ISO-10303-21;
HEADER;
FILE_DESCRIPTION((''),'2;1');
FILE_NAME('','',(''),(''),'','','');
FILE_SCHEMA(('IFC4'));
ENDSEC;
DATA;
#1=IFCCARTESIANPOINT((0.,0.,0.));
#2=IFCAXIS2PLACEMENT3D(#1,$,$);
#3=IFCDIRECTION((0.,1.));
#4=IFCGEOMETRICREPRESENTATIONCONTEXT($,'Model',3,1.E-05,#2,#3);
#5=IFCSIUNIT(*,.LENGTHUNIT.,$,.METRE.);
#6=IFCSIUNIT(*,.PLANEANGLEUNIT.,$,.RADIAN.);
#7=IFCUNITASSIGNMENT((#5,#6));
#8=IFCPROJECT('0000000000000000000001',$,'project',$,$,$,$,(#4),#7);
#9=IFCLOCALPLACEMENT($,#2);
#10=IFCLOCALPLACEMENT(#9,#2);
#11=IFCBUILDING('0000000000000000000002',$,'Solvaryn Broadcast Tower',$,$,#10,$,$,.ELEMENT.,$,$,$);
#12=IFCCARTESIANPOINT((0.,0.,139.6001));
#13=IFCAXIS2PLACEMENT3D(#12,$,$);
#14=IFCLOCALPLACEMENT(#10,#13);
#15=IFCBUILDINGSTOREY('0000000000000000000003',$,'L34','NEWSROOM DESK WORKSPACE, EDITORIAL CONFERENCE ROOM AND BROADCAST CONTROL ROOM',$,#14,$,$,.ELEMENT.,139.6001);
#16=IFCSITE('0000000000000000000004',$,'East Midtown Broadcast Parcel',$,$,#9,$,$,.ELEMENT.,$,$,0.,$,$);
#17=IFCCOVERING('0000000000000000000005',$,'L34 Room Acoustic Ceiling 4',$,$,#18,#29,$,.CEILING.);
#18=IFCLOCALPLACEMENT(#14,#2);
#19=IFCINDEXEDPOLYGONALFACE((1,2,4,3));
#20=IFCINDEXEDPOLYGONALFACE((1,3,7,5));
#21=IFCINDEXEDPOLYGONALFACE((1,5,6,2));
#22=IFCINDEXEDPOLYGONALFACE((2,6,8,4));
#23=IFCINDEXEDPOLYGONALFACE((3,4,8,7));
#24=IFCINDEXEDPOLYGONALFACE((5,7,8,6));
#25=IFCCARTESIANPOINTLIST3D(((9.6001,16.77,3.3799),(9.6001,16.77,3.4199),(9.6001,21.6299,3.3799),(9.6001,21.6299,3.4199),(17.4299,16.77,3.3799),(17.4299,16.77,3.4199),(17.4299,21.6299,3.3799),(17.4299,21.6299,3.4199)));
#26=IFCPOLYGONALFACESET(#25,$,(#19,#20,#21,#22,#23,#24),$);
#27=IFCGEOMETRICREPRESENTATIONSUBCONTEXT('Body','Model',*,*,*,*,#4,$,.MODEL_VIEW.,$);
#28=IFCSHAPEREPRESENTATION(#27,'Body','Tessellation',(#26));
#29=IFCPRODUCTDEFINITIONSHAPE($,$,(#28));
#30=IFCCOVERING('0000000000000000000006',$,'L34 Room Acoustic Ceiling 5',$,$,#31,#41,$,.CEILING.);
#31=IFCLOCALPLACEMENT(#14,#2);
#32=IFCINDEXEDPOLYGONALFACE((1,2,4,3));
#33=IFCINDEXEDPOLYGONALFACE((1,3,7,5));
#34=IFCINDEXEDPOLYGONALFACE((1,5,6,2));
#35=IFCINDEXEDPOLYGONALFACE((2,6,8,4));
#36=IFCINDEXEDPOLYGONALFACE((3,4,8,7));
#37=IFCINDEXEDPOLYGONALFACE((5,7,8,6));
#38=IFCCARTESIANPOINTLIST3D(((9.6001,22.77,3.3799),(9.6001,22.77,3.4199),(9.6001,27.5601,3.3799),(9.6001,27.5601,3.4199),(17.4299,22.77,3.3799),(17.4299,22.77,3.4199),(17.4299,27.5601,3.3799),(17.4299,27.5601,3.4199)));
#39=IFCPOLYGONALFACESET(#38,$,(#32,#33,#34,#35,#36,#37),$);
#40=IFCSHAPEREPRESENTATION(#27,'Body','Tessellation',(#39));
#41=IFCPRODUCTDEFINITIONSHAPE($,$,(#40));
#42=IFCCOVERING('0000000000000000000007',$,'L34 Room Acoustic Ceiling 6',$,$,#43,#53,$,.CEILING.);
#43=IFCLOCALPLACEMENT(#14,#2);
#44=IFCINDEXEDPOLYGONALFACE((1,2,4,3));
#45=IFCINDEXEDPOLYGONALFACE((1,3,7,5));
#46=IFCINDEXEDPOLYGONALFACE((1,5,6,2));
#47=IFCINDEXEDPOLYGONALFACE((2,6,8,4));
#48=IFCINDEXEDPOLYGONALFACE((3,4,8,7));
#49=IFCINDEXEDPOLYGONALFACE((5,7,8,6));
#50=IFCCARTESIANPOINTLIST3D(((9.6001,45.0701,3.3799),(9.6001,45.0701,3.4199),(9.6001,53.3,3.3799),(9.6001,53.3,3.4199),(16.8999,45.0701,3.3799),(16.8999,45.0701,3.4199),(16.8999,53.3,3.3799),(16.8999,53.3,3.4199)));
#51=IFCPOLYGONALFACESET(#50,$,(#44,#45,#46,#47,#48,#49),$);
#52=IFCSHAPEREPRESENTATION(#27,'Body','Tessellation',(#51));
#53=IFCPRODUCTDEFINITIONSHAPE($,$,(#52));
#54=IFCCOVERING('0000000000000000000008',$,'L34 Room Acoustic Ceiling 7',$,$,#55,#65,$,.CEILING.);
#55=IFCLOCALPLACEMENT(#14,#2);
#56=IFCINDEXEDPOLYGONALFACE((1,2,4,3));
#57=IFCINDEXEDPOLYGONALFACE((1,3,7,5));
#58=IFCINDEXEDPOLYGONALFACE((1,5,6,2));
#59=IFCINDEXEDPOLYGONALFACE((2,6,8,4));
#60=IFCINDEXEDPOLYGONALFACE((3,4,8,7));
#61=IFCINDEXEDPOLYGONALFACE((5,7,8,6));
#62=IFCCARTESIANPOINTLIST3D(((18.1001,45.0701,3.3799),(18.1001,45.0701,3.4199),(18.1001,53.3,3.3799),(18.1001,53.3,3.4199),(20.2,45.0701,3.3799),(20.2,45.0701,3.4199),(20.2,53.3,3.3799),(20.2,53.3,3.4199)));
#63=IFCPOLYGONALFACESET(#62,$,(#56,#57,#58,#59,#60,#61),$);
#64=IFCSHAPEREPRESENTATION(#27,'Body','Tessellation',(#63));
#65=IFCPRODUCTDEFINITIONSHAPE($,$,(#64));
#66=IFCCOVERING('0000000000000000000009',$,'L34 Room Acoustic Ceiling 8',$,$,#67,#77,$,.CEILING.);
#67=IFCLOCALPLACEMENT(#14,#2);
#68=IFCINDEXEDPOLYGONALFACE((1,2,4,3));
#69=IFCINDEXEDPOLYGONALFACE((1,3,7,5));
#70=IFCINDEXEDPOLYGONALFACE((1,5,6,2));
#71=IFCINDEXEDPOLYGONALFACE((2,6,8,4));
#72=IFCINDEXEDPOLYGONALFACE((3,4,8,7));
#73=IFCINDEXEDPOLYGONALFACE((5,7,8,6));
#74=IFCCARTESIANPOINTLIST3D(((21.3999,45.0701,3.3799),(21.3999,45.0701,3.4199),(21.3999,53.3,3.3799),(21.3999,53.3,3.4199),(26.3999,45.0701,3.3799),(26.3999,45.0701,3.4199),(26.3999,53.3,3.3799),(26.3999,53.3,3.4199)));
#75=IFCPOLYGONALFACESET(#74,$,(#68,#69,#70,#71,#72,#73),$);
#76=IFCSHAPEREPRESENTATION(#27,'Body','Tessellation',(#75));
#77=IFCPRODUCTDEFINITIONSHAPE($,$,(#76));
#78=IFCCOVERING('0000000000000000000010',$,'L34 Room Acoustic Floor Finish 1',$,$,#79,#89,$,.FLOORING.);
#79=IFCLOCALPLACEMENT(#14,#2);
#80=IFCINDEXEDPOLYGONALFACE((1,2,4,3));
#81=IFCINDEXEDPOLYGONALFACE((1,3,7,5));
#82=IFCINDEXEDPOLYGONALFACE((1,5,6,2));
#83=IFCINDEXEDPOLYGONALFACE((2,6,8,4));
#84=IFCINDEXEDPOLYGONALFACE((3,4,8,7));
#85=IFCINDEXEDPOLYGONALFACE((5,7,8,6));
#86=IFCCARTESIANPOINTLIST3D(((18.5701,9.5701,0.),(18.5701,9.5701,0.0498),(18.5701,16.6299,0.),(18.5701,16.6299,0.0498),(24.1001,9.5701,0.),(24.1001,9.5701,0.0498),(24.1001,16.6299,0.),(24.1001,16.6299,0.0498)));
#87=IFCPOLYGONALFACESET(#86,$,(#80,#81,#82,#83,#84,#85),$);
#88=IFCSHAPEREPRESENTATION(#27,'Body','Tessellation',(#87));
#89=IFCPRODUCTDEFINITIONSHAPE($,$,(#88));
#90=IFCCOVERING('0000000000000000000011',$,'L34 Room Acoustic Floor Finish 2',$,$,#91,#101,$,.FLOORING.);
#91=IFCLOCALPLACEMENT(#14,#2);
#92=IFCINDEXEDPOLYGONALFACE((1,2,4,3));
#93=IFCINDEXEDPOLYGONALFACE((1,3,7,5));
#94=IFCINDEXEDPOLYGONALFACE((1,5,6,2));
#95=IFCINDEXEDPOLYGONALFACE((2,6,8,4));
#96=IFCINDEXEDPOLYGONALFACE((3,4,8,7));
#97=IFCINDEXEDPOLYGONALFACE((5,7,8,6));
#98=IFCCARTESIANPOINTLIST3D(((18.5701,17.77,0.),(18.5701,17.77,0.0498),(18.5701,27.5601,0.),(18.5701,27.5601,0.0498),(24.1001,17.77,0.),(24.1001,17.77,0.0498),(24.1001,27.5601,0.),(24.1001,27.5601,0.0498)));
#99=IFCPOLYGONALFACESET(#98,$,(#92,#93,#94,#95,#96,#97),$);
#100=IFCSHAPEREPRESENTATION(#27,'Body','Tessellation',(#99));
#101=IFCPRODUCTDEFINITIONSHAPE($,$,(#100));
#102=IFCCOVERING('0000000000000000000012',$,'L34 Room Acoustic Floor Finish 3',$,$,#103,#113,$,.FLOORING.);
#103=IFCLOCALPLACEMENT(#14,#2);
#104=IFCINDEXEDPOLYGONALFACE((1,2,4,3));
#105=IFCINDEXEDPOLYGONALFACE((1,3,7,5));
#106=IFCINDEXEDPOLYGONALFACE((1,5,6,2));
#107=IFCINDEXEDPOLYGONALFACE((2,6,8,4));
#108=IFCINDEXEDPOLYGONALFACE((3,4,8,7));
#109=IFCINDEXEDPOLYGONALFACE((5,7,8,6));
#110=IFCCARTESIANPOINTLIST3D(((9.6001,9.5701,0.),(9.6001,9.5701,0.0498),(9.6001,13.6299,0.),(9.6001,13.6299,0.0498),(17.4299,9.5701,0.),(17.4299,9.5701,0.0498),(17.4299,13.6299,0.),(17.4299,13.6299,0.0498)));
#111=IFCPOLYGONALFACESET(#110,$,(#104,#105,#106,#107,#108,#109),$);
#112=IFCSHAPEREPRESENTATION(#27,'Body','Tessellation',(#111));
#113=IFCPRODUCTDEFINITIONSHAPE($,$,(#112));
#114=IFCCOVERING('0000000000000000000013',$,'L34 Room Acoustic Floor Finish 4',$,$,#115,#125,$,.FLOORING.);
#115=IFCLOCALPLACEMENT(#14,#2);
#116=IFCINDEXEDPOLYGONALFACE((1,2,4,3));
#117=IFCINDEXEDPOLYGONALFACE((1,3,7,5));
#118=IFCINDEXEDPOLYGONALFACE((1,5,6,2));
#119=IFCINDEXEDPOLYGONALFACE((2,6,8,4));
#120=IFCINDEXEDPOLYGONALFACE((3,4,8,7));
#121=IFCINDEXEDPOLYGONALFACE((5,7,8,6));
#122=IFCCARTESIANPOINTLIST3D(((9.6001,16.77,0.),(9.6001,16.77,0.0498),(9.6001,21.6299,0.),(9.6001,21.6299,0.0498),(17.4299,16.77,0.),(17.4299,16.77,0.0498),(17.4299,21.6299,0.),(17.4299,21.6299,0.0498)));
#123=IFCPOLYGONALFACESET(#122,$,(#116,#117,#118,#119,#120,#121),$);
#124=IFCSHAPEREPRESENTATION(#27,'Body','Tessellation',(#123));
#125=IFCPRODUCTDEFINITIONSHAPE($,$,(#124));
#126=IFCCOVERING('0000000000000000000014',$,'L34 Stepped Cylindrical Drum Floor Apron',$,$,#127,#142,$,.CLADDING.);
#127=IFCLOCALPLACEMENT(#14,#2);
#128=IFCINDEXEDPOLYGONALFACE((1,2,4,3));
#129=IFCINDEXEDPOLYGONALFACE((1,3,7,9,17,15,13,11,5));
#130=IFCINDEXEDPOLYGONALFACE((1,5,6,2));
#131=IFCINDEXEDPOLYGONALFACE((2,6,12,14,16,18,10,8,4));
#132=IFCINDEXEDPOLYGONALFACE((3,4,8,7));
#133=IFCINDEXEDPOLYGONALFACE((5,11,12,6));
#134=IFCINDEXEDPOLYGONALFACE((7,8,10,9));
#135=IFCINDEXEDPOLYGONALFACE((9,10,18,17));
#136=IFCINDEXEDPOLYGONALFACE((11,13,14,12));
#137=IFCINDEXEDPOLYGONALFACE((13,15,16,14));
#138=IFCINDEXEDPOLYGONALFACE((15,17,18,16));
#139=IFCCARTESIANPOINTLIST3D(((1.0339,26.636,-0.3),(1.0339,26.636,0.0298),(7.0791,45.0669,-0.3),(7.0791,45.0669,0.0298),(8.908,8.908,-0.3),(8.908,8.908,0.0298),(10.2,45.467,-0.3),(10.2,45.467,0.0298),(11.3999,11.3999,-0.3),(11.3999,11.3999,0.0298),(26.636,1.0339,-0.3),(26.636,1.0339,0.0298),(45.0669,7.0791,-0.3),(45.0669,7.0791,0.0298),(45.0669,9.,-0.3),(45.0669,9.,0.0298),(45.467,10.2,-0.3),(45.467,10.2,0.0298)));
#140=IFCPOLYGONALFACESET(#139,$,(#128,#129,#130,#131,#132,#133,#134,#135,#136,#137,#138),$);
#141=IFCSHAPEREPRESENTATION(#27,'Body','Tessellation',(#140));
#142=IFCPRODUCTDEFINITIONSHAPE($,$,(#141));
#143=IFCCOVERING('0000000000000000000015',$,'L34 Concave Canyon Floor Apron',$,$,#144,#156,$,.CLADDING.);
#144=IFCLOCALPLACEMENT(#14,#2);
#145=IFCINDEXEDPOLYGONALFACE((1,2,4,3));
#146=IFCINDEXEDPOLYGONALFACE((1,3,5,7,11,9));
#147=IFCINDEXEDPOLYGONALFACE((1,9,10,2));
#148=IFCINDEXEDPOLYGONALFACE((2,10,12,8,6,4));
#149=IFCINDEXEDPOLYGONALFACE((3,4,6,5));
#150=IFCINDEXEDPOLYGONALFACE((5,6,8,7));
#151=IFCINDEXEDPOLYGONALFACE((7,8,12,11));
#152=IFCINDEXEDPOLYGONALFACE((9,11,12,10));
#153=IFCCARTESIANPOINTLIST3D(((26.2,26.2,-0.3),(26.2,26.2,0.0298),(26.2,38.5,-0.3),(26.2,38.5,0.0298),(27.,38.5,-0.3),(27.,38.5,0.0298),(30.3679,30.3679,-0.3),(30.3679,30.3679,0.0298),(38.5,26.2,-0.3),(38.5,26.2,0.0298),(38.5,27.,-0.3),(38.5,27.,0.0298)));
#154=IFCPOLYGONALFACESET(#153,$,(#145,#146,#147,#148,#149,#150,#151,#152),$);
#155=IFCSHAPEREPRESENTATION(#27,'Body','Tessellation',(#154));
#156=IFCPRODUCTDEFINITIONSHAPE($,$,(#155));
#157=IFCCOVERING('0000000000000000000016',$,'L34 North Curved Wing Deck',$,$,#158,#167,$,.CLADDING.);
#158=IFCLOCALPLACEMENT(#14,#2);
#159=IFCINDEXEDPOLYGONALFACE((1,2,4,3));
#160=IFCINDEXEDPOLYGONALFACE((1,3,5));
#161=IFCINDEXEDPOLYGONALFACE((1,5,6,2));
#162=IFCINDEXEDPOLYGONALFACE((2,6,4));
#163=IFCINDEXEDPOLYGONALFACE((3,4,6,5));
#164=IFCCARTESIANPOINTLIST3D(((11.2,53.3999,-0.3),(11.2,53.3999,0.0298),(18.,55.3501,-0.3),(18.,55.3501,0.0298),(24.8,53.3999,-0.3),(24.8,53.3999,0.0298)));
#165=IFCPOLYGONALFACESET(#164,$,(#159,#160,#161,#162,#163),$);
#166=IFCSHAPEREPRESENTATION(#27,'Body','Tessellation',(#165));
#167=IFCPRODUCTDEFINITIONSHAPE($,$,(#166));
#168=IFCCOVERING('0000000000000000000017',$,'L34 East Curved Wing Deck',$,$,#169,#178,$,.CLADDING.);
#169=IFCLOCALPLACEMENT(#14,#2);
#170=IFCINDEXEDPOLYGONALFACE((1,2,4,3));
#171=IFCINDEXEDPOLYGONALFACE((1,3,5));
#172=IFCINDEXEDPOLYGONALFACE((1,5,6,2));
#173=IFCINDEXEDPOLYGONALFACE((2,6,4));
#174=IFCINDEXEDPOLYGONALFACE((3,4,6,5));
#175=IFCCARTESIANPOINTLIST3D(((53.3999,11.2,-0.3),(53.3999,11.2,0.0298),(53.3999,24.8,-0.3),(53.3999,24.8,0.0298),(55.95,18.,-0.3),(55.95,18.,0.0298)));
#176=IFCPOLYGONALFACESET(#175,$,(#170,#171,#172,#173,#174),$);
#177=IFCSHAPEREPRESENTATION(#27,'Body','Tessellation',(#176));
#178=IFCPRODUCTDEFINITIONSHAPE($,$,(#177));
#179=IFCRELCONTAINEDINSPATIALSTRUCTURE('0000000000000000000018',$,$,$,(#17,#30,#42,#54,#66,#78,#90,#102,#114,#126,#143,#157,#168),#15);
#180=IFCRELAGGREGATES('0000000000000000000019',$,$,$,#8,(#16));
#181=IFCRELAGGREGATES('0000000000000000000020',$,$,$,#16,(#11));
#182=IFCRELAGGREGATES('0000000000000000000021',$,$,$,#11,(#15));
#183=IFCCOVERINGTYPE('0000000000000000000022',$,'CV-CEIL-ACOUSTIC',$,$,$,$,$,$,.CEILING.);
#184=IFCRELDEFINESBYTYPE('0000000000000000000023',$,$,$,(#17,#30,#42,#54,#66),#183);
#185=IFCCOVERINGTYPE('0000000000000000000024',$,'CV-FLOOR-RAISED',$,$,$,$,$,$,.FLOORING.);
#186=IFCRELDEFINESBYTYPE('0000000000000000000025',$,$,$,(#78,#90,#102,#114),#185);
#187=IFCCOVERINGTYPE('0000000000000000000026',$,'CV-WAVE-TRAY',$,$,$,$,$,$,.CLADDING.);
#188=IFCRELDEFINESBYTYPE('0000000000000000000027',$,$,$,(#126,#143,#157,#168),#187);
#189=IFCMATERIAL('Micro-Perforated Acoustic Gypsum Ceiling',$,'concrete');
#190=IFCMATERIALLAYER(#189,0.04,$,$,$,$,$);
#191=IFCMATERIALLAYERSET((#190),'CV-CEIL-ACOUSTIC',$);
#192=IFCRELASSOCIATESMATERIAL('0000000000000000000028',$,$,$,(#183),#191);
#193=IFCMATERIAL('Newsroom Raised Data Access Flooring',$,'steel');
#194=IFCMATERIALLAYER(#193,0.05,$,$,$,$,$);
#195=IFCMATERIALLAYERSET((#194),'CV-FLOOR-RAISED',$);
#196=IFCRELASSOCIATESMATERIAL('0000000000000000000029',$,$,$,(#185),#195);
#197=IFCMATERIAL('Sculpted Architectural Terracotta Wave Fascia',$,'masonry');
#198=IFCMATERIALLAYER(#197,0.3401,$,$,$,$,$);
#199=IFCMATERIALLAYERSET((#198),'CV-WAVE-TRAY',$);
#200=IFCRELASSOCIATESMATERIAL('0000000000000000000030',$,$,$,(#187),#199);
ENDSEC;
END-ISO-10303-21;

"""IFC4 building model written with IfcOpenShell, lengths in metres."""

from ifc_helpers import new_model, si_unit, direction, frame, origin, place, context, subcontext, project, spatial, polyline, outline, extrude, material, layer, layer_set, type_object, element, save


model = new_model("IFC4")

# Units and contexts
model_context = context("Model", 3, precision=1e-05, world=origin(), true_north=direction((0.0, 1.0)))
body_context = subcontext(model_context, "Body", "Model", "MODEL_VIEW")
ifc_project = project(units=[si_unit("LENGTHUNIT", "METRE"), si_unit("PLANEANGLEUNIT", "RADIAN")], contexts=[model_context])

# Site, building, storey
site_placement = place(None, origin())
site = spatial("IfcSite", under=ifc_project, at=site_placement, Name="East Midtown Broadcast Parcel", CompositionType="ELEMENT", RefElevation=0.0)
building_placement = place(site_placement, origin())
building = spatial("IfcBuilding", under=site, at=building_placement, Name="Solvaryn Broadcast Tower", CompositionType="ELEMENT")
storey_placement = place(building_placement, frame((0.0, 0.0, 139.6001)))
storey = spatial("IfcBuildingStorey", under=building, at=storey_placement, Name="L34", Description="NEWSROOM DESK WORKSPACE, EDITORIAL CONFERENCE ROOM AND BROADCAST CONTROL ROOM", CompositionType="ELEMENT", Elevation=139.6001)

# Coverings
ifc_material_1 = material(Name="Micro-Perforated Acoustic Gypsum Ceiling", Category="concrete")
ifc_layer_1 = layer(ifc_material_1, 0.04)
ifc_layer_set_1 = layer_set([ifc_layer_1], Name="CV-CEIL-ACOUSTIC")
covering_type_1 = type_object("IfcCoveringType", Name="CV-CEIL-ACOUSTIC", PredefinedType="CEILING", material=ifc_layer_set_1)
covering_1_placement = place(storey_placement, frame((0.0, 0.0, 3.3799)))
element("IfcCovering", 1, at=covering_1_placement, inside=storey, type_object=covering_type_1, Name="L34 Room Acoustic Ceiling 4", PredefinedType="CEILING", context=body_context, shape_type="SweptSolid", body=[
    extrude(outline(polyline([(9.6001, 16.77), (17.4299, 16.77), (17.4299, 21.6299), (9.6001, 21.6299), (9.6001, 16.77)])), origin(), (0.0, 0.0, 1.0), 0.04),
])
covering_2_placement = place(storey_placement, frame((0.0, 0.0, 3.3799)))
element("IfcCovering", 2, at=covering_2_placement, inside=storey, type_object=covering_type_1, Name="L34 Room Acoustic Ceiling 5", PredefinedType="CEILING", context=body_context, shape_type="SweptSolid", body=[
    extrude(outline(polyline([(9.6001, 22.77), (17.4299, 22.77), (17.4299, 27.5601), (9.6001, 27.5601), (9.6001, 22.77)])), origin(), (0.0, 0.0, 1.0), 0.04),
])
covering_3_placement = place(storey_placement, frame((0.0, 0.0, 3.3799)))
element("IfcCovering", 3, at=covering_3_placement, inside=storey, type_object=covering_type_1, Name="L34 Room Acoustic Ceiling 6", PredefinedType="CEILING", context=body_context, shape_type="SweptSolid", body=[
    extrude(outline(polyline([(9.6001, 45.0701), (16.8999, 45.0701), (16.8999, 53.3), (9.6001, 53.3), (9.6001, 45.0701)])), origin(), (0.0, 0.0, 1.0), 0.04),
])
covering_4_placement = place(storey_placement, frame((0.0, 0.0, 3.3799)))
element("IfcCovering", 4, at=covering_4_placement, inside=storey, type_object=covering_type_1, Name="L34 Room Acoustic Ceiling 7", PredefinedType="CEILING", context=body_context, shape_type="SweptSolid", body=[
    extrude(outline(polyline([(18.1001, 45.0701), (20.2, 45.0701), (20.2, 53.3), (18.1001, 53.3), (18.1001, 45.0701)])), origin(), (0.0, 0.0, 1.0), 0.04),
])
covering_5_placement = place(storey_placement, frame((0.0, 0.0, 3.3799)))
element("IfcCovering", 5, at=covering_5_placement, inside=storey, type_object=covering_type_1, Name="L34 Room Acoustic Ceiling 8", PredefinedType="CEILING", context=body_context, shape_type="SweptSolid", body=[
    extrude(outline(polyline([(21.3999, 45.0701), (26.3999, 45.0701), (26.3999, 53.3), (21.3999, 53.3), (21.3999, 45.0701)])), origin(), (0.0, 0.0, 1.0), 0.04),
])
ifc_material_2 = material(Name="Newsroom Raised Data Access Flooring", Category="steel")
ifc_layer_2 = layer(ifc_material_2, 0.05)
ifc_layer_set_2 = layer_set([ifc_layer_2], Name="CV-FLOOR-RAISED")
covering_type_2 = type_object("IfcCoveringType", Name="CV-FLOOR-RAISED", PredefinedType="FLOORING", material=ifc_layer_set_2)
covering_6_placement = place(storey_placement, origin())
element("IfcCovering", 6, at=covering_6_placement, inside=storey, type_object=covering_type_2, Name="L34 Room Acoustic Floor Finish 1", PredefinedType="FLOORING", context=body_context, shape_type="SweptSolid", body=[
    extrude(outline(polyline([(18.5701, 9.5701), (24.1001, 9.5701), (24.1001, 16.6299), (18.5701, 16.6299), (18.5701, 9.5701)])), origin(), (0.0, 0.0, 1.0), 0.0498),
])
covering_7_placement = place(storey_placement, origin())
element("IfcCovering", 7, at=covering_7_placement, inside=storey, type_object=covering_type_2, Name="L34 Room Acoustic Floor Finish 2", PredefinedType="FLOORING", context=body_context, shape_type="SweptSolid", body=[
    extrude(outline(polyline([(18.5701, 17.77), (24.1001, 17.77), (24.1001, 27.5601), (18.5701, 27.5601), (18.5701, 17.77)])), origin(), (0.0, 0.0, 1.0), 0.0498),
])
covering_8_placement = place(storey_placement, origin())
element("IfcCovering", 8, at=covering_8_placement, inside=storey, type_object=covering_type_2, Name="L34 Room Acoustic Floor Finish 3", PredefinedType="FLOORING", context=body_context, shape_type="SweptSolid", body=[
    extrude(outline(polyline([(9.6001, 9.5701), (17.4299, 9.5701), (17.4299, 13.6299), (9.6001, 13.6299), (9.6001, 9.5701)])), origin(), (0.0, 0.0, 1.0), 0.0498),
])
covering_9_placement = place(storey_placement, origin())
element("IfcCovering", 9, at=covering_9_placement, inside=storey, type_object=covering_type_2, Name="L34 Room Acoustic Floor Finish 4", PredefinedType="FLOORING", context=body_context, shape_type="SweptSolid", body=[
    extrude(outline(polyline([(9.6001, 16.77), (17.4299, 16.77), (17.4299, 21.6299), (9.6001, 21.6299), (9.6001, 16.77)])), origin(), (0.0, 0.0, 1.0), 0.0498),
])
ifc_material_3 = material(Name="Sculpted Architectural Terracotta Wave Fascia", Category="masonry")
ifc_layer_3 = layer(ifc_material_3, 0.3401)
ifc_layer_set_3 = layer_set([ifc_layer_3], Name="CV-WAVE-TRAY")
covering_type_3 = type_object("IfcCoveringType", Name="CV-WAVE-TRAY", PredefinedType="CLADDING", material=ifc_layer_set_3)
covering_10_placement = place(storey_placement, frame((0.0, 0.0, -0.3)))
element("IfcCovering", 10, at=covering_10_placement, inside=storey, type_object=covering_type_3, Name="L34 Stepped Cylindrical Drum Floor Apron", PredefinedType="CLADDING", context=body_context, shape_type="SweptSolid", body=[
    extrude(outline(polyline([(10.2, 45.467), (7.0791, 45.0669), (1.0339, 26.636), (8.908, 8.908), (26.636, 1.0339), (45.0669, 7.0791), (45.0669, 9.0), (45.467, 10.2), (11.3999, 11.3999), (10.2, 45.467)])), origin(), (0.0, 0.0, 1.0), 0.3298),
])
covering_11_placement = place(storey_placement, frame((0.0, 0.0, -0.3)))
element("IfcCovering", 11, at=covering_11_placement, inside=storey, type_object=covering_type_3, Name="L34 Concave Canyon Floor Apron", PredefinedType="CLADDING", context=body_context, shape_type="SweptSolid", body=[
    extrude(outline(polyline([(26.2, 26.2), (38.5, 26.2), (38.5, 27.0), (30.3679, 30.3679), (27.0, 38.5), (26.2, 38.5), (26.2, 26.2)])), origin(), (0.0, 0.0, 1.0), 0.3298),
])
covering_12_placement = place(storey_placement, frame((0.0, 0.0, -0.3)))
element("IfcCovering", 12, at=covering_12_placement, inside=storey, type_object=covering_type_3, Name="L34 North Curved Wing Deck", PredefinedType="CLADDING", context=body_context, shape_type="SweptSolid", body=[
    extrude(outline(polyline([(11.2, 53.3999), (24.8, 53.3999), (18.0, 55.3501), (11.2, 53.3999)])), origin(), (0.0, 0.0, 1.0), 0.3298),
])
covering_13_placement = place(storey_placement, frame((0.0, 0.0, -0.3)))
element("IfcCovering", 13, at=covering_13_placement, inside=storey, type_object=covering_type_3, Name="L34 East Curved Wing Deck", PredefinedType="CLADDING", context=body_context, shape_type="SweptSolid", body=[
    extrude(outline(polyline([(53.3999, 11.2), (55.95, 18.0), (53.3999, 24.8), (53.3999, 11.2)])), origin(), (0.0, 0.0, 1.0), 0.3298),
])

save(model, "model.ifc")
